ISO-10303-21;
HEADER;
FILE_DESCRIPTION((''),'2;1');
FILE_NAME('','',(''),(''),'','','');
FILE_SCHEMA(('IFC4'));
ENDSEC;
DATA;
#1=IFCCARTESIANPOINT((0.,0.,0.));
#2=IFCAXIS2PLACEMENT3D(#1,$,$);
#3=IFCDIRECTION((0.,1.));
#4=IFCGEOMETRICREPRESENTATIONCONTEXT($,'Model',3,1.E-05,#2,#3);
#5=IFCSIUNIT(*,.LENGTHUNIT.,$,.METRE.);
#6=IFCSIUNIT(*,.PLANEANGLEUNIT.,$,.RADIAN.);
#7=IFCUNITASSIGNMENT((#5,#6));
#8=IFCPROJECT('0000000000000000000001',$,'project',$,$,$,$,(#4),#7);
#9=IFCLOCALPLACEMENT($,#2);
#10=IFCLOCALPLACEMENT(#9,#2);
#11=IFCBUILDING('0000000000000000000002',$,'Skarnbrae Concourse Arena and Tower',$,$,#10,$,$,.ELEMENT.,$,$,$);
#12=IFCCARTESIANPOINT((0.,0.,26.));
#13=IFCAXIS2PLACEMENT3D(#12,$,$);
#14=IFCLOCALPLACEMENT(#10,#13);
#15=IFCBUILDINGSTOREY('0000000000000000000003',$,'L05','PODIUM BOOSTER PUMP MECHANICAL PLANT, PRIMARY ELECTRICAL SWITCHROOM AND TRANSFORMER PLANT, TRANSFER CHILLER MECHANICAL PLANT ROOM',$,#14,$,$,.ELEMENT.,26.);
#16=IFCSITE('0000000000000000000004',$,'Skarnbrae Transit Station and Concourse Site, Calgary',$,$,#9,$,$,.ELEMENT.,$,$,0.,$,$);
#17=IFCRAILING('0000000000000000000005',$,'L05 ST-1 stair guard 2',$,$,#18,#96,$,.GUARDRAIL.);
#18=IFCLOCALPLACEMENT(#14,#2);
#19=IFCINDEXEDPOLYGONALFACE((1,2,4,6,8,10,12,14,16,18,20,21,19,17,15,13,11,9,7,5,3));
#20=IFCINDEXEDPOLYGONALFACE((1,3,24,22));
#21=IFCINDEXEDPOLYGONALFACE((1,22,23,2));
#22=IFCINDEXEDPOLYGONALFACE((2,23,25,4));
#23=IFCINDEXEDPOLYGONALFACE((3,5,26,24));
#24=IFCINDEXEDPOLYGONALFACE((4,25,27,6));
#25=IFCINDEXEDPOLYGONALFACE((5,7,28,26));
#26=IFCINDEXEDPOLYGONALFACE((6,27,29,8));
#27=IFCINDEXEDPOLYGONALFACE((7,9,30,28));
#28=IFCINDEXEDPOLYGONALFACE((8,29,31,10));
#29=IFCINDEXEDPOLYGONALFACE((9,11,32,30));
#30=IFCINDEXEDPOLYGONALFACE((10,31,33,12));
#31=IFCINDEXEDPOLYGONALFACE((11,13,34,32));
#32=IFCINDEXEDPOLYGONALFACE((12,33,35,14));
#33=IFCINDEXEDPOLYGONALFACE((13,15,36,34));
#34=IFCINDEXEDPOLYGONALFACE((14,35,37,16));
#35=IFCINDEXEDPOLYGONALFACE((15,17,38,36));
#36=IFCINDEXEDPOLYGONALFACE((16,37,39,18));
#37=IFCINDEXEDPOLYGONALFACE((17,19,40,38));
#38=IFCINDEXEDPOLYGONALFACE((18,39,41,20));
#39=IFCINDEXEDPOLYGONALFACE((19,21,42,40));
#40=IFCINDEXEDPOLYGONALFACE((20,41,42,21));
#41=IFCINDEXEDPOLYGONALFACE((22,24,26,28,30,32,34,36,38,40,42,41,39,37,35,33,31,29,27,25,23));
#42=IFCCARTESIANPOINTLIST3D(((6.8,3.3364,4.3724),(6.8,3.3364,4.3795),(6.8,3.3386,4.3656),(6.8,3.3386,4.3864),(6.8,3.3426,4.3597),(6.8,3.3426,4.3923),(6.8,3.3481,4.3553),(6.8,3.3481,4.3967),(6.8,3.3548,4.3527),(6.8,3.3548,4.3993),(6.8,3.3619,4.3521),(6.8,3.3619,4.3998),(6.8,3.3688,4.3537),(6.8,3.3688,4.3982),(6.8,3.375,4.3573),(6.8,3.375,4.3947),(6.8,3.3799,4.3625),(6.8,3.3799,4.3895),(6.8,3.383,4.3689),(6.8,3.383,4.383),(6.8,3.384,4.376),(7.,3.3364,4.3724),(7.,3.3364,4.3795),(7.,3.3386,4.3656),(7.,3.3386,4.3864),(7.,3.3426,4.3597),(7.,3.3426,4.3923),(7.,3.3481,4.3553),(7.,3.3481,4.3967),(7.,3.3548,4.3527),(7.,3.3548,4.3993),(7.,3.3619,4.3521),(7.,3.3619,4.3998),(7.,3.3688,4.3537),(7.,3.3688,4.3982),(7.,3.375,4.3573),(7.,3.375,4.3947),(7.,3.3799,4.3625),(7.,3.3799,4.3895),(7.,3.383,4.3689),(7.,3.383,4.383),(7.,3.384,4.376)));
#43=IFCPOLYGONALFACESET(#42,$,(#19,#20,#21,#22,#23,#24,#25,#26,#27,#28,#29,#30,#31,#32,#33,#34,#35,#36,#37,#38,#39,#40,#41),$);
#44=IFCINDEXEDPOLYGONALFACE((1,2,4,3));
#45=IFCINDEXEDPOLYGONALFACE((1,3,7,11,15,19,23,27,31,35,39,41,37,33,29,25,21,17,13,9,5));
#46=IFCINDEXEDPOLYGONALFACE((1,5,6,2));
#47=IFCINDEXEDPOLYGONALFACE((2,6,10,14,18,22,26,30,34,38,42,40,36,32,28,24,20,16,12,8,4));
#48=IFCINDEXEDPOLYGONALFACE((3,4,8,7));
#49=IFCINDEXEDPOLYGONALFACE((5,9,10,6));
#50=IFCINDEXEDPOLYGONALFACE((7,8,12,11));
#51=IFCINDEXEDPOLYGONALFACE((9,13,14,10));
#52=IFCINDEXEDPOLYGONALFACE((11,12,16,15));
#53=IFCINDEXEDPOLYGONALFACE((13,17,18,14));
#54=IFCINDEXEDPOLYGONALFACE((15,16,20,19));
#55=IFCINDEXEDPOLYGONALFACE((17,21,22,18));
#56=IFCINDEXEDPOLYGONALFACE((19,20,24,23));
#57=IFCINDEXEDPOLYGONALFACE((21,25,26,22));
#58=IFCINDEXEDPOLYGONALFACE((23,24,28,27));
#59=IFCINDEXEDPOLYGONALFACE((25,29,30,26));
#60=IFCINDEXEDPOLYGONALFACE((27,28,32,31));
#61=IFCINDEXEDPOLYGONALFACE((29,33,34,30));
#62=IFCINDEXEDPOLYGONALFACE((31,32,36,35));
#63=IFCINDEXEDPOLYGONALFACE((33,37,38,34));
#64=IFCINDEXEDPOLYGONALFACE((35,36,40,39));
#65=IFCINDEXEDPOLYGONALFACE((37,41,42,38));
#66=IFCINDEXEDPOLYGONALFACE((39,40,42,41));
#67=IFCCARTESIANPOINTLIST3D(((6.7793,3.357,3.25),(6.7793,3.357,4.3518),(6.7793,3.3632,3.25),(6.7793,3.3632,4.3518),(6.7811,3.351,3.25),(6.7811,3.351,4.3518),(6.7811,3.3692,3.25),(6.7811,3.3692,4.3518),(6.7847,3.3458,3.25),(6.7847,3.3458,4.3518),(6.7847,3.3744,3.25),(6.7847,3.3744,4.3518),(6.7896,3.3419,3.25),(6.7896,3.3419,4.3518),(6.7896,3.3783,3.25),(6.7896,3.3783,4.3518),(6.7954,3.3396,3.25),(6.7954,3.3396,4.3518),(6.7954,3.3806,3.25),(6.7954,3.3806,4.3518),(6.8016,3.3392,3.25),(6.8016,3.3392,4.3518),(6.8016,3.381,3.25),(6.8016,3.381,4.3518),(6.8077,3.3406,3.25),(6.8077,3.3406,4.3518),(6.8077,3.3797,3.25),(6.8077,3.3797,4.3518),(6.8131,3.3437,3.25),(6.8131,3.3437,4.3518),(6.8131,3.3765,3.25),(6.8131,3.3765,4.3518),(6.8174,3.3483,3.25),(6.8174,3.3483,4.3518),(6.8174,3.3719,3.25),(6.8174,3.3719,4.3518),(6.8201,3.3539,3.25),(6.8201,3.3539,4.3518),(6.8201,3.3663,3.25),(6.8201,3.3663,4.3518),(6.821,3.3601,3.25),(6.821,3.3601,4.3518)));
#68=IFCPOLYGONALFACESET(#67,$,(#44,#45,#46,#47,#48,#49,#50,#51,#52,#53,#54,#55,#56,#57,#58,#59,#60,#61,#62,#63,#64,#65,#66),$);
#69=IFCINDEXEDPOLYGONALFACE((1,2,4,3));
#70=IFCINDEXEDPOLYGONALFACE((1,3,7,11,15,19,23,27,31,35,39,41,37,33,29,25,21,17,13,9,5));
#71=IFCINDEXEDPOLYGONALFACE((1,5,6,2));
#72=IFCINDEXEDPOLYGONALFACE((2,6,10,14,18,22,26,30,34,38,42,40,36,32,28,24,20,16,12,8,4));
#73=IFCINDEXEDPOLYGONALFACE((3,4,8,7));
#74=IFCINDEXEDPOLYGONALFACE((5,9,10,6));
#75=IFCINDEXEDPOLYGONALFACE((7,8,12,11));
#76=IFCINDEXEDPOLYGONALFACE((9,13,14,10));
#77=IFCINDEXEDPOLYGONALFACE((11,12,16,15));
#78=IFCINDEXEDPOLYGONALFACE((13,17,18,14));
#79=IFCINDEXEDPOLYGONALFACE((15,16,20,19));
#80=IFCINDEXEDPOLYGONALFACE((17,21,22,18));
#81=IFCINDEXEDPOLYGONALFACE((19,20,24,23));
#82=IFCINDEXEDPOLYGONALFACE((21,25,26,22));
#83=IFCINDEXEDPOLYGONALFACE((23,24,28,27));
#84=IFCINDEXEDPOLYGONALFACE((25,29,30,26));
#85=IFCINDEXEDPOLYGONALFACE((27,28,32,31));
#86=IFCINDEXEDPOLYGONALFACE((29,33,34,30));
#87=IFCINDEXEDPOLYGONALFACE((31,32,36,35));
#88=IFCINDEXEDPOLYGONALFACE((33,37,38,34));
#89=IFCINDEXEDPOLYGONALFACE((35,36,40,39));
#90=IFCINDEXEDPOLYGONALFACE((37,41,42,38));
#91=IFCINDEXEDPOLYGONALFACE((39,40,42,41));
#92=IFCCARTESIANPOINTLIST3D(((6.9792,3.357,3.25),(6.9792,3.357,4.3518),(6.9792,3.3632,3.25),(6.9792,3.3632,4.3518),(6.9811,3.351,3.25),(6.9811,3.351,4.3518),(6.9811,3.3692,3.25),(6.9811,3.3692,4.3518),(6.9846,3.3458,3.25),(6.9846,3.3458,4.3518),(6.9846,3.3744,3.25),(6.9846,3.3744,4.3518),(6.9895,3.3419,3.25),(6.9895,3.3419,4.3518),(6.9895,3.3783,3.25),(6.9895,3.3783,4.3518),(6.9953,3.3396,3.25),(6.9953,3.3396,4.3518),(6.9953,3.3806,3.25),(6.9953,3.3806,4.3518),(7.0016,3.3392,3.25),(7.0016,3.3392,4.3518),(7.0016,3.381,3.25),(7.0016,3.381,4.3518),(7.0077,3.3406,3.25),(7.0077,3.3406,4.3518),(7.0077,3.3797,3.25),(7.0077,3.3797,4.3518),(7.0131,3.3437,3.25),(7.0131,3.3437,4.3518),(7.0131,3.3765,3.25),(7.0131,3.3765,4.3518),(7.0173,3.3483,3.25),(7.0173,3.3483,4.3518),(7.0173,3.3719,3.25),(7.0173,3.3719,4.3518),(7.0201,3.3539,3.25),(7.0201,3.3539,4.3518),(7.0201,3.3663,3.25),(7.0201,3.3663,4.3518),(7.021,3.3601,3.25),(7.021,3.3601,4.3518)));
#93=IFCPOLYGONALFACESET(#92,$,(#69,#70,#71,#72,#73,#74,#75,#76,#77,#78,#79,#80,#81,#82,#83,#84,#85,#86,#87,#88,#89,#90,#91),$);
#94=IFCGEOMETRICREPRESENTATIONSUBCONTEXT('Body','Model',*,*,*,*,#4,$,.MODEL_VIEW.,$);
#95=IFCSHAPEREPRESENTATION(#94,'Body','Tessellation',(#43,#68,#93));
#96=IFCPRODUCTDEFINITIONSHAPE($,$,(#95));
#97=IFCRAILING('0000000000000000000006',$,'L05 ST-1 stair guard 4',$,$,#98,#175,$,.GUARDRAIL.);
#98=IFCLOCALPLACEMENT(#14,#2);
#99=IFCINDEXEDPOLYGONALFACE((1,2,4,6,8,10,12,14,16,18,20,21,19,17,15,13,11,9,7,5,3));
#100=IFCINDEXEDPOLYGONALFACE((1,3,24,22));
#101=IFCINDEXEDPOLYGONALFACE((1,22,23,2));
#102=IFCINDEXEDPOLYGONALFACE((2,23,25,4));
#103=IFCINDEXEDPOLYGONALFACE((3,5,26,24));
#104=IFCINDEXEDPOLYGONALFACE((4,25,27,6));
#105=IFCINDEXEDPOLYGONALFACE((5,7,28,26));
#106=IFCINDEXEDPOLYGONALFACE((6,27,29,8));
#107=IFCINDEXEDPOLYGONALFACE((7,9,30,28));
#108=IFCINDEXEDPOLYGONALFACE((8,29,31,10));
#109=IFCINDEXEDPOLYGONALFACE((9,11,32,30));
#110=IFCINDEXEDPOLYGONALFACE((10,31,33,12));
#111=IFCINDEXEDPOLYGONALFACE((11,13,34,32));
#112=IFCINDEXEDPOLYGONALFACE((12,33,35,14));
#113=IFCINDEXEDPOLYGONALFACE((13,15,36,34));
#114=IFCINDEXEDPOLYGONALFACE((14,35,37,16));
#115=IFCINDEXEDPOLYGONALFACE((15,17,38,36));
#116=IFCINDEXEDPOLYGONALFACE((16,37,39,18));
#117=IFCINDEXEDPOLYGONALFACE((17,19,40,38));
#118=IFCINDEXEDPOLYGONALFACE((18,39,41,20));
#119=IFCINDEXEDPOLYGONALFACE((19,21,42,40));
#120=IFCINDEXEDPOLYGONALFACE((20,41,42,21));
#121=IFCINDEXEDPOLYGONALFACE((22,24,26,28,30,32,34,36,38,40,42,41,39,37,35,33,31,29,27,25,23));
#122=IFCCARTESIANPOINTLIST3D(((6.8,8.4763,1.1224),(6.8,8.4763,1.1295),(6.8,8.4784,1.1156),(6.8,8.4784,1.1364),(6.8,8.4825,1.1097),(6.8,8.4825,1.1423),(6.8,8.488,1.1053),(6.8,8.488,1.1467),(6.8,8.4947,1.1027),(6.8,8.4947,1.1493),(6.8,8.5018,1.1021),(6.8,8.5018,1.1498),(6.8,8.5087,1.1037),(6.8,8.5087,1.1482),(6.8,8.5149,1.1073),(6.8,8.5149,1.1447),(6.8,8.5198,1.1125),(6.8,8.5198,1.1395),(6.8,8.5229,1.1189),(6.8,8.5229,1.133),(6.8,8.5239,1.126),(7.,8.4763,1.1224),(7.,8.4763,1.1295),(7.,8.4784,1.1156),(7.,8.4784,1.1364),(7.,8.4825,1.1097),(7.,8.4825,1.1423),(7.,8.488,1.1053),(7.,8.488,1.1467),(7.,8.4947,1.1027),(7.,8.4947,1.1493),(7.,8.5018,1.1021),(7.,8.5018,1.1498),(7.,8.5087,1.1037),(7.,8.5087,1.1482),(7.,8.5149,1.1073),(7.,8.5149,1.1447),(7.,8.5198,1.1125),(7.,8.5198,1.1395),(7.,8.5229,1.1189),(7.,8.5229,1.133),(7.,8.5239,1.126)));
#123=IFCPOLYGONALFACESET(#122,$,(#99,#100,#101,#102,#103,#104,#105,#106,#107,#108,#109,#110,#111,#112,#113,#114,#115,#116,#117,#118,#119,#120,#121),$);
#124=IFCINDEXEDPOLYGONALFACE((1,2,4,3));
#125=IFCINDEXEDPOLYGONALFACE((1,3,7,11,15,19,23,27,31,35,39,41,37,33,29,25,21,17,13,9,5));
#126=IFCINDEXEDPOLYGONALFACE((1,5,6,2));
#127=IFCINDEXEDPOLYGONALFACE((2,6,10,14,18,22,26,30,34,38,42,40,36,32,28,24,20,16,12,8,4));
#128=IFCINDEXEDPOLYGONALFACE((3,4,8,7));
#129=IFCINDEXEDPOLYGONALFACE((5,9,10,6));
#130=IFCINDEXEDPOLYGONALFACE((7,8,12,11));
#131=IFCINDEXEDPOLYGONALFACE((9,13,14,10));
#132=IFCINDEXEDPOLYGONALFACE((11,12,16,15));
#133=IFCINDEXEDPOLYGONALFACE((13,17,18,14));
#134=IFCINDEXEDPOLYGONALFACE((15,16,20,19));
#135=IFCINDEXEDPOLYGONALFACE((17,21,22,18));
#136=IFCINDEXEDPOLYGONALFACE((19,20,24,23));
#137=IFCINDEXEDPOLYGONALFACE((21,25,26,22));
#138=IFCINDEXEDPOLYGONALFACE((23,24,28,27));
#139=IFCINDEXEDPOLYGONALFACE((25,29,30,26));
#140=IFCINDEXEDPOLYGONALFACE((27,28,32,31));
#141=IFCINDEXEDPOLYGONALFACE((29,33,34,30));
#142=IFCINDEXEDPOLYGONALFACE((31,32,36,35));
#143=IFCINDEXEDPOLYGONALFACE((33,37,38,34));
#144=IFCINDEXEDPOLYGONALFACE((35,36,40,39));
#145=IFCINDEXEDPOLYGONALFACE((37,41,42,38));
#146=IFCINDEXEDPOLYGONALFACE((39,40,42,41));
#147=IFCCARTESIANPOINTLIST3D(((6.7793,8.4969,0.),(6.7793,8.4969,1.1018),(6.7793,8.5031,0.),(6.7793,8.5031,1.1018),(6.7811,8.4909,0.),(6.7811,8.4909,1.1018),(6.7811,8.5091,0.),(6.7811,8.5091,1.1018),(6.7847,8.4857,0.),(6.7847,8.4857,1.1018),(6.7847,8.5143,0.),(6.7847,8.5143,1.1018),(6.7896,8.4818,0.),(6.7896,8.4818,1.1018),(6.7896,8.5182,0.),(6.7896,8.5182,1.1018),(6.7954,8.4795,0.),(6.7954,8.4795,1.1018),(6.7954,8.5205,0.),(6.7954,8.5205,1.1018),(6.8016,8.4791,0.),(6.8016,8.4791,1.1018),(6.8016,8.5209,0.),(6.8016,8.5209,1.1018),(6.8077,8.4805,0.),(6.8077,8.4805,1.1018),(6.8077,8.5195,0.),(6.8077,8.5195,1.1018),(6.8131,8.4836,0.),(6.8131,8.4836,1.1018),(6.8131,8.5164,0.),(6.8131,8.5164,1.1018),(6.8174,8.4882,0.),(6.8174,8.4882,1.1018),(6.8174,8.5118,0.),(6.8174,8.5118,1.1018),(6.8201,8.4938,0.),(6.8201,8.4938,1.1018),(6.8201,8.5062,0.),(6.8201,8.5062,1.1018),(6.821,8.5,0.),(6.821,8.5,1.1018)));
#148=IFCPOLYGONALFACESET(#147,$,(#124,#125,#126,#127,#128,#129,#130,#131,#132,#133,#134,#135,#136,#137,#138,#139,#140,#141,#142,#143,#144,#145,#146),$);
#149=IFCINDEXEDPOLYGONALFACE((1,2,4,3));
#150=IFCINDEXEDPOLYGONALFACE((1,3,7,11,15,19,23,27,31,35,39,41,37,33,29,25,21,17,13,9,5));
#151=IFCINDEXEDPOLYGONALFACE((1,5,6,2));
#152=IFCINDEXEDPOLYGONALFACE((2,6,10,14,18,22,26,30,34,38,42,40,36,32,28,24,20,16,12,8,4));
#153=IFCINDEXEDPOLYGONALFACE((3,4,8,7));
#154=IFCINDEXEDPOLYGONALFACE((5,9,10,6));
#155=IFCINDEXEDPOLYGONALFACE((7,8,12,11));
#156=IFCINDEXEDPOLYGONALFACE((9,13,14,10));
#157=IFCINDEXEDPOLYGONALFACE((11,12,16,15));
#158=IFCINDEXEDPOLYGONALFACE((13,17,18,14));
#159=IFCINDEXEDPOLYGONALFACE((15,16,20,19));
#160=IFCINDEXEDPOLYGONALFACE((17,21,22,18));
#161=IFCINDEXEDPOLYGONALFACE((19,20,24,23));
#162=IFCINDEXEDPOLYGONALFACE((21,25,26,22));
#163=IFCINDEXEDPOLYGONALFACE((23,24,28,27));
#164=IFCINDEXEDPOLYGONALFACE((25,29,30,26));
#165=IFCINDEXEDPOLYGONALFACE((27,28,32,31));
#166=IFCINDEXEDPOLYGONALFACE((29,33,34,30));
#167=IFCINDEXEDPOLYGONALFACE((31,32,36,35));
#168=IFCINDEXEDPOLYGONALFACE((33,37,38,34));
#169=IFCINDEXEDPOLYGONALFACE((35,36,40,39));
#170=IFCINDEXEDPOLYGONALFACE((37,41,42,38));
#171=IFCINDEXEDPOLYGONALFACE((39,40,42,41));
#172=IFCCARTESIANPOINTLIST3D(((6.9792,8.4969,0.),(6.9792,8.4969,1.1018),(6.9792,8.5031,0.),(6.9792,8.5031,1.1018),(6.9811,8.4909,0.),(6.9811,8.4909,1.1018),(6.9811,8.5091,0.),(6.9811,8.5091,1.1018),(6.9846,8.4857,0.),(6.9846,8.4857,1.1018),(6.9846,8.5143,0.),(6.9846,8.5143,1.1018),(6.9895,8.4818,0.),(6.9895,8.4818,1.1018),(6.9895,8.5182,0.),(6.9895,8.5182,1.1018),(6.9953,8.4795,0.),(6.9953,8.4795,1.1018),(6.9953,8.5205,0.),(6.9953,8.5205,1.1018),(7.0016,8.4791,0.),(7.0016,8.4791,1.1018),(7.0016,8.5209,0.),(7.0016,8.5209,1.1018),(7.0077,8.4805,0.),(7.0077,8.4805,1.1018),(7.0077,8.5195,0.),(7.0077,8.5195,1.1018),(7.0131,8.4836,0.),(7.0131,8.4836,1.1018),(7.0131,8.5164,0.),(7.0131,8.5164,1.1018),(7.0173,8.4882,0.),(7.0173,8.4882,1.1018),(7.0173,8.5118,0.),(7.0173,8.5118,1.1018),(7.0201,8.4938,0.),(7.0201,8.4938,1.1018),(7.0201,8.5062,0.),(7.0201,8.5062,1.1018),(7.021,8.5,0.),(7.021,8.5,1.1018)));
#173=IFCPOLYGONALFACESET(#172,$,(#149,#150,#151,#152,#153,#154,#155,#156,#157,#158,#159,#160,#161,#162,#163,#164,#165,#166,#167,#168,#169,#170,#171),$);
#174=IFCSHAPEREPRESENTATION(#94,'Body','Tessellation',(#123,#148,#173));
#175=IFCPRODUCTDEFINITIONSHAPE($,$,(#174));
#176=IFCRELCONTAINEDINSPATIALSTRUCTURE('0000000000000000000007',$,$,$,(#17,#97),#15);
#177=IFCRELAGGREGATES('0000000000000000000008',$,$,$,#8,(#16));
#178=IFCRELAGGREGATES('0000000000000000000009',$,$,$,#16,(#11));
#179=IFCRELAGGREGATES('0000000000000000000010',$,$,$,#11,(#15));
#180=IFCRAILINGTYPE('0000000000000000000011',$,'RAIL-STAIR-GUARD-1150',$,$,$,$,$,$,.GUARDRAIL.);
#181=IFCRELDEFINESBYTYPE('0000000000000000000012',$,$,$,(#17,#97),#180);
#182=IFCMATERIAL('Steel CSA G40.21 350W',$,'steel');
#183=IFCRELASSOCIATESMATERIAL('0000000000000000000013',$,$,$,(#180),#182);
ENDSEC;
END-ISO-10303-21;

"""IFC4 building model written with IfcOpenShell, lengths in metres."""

from ifc_helpers import new_model, si_unit, direction, frame, origin, origin_2d, place, context, subcontext, project, spatial, circle, extrude, material, type_object, element, save


model = new_model("IFC4")

# Units and contexts
model_context = context("Model", 3, precision=1e-05, world=origin(), true_north=direction((0.0, 1.0)))
body_context = subcontext(model_context, "Body", "Model", "MODEL_VIEW")
ifc_project = project(units=[si_unit("LENGTHUNIT", "METRE"), si_unit("PLANEANGLEUNIT", "RADIAN")], contexts=[model_context])

# Site, building, storey
site_placement = place(None, origin())
site = spatial("IfcSite", under=ifc_project, at=site_placement, Name="Skarnbrae Transit Station and Concourse Site, Calgary", CompositionType="ELEMENT", RefElevation=0.0)
building_placement = place(site_placement, origin())
building = spatial("IfcBuilding", under=site, at=building_placement, Name="Skarnbrae Concourse Arena and Tower", CompositionType="ELEMENT")
storey_placement = place(building_placement, frame((0.0, 0.0, 26.0)))
storey = spatial("IfcBuildingStorey", under=building, at=storey_placement, Name="L05", Description="PODIUM BOOSTER PUMP MECHANICAL PLANT, PRIMARY ELECTRICAL SWITCHROOM AND TRANSFORMER PLANT, TRANSFER CHILLER MECHANICAL PLANT ROOM", CompositionType="ELEMENT", Elevation=26.0)

# Shared definitions
ifc_material_1 = material(Name="Steel CSA G40.21 350W", Category="steel")

# Railings
railing_type_1 = type_object("IfcRailingType", Name="RAIL-STAIR-GUARD-1150", PredefinedType="GUARDRAIL", material=ifc_material_1)
railing_1_placement = place(storey_placement, frame((6.8, 3.3601, 3.25)))
element("IfcRailing", 1, at=railing_1_placement, inside=storey, type_object=railing_type_1, Name="L05 ST-1 stair guard 2", PredefinedType="GUARDRAIL", context=body_context, shape_type="SweptSolid", body=[
    extrude(circle(Radius=0.0239, at=origin_2d()), frame((0.0, 0.0, 1.126), z_axis=(1.0, 0.0, 0.0), x_axis=(0.0, 1.0, 0.0)), (0.0, 0.0, 1.0), 0.2),
    extrude(circle(Radius=0.021, at=origin_2d()), origin(), (0.0, 0.0, 1.0), 1.1018),
    extrude(circle(Radius=0.021, at=origin_2d()), frame((0.2, 0.0, 0.0)), (0.0, 0.0, 1.0), 1.1018),
])
railing_2_placement = place(storey_placement, frame((6.8, 8.5, 0.0)))
element("IfcRailing", 2, at=railing_2_placement, inside=storey, type_object=railing_type_1, Name="L05 ST-1 stair guard 4", PredefinedType="GUARDRAIL", context=body_context, shape_type="SweptSolid", body=[
    extrude(circle(Radius=0.0239, at=origin_2d()), frame((0.0, 0.0, 1.126), z_axis=(1.0, 0.0, 0.0), x_axis=(0.0, 1.0, 0.0)), (0.0, 0.0, 1.0), 0.2),
    extrude(circle(Radius=0.021, at=origin_2d()), origin(), (0.0, 0.0, 1.0), 1.1018),
    extrude(circle(Radius=0.021, at=origin_2d()), frame((0.2, 0.0, 0.0)), (0.0, 0.0, 1.0), 1.1018),
])

save(model, "model.ifc")
